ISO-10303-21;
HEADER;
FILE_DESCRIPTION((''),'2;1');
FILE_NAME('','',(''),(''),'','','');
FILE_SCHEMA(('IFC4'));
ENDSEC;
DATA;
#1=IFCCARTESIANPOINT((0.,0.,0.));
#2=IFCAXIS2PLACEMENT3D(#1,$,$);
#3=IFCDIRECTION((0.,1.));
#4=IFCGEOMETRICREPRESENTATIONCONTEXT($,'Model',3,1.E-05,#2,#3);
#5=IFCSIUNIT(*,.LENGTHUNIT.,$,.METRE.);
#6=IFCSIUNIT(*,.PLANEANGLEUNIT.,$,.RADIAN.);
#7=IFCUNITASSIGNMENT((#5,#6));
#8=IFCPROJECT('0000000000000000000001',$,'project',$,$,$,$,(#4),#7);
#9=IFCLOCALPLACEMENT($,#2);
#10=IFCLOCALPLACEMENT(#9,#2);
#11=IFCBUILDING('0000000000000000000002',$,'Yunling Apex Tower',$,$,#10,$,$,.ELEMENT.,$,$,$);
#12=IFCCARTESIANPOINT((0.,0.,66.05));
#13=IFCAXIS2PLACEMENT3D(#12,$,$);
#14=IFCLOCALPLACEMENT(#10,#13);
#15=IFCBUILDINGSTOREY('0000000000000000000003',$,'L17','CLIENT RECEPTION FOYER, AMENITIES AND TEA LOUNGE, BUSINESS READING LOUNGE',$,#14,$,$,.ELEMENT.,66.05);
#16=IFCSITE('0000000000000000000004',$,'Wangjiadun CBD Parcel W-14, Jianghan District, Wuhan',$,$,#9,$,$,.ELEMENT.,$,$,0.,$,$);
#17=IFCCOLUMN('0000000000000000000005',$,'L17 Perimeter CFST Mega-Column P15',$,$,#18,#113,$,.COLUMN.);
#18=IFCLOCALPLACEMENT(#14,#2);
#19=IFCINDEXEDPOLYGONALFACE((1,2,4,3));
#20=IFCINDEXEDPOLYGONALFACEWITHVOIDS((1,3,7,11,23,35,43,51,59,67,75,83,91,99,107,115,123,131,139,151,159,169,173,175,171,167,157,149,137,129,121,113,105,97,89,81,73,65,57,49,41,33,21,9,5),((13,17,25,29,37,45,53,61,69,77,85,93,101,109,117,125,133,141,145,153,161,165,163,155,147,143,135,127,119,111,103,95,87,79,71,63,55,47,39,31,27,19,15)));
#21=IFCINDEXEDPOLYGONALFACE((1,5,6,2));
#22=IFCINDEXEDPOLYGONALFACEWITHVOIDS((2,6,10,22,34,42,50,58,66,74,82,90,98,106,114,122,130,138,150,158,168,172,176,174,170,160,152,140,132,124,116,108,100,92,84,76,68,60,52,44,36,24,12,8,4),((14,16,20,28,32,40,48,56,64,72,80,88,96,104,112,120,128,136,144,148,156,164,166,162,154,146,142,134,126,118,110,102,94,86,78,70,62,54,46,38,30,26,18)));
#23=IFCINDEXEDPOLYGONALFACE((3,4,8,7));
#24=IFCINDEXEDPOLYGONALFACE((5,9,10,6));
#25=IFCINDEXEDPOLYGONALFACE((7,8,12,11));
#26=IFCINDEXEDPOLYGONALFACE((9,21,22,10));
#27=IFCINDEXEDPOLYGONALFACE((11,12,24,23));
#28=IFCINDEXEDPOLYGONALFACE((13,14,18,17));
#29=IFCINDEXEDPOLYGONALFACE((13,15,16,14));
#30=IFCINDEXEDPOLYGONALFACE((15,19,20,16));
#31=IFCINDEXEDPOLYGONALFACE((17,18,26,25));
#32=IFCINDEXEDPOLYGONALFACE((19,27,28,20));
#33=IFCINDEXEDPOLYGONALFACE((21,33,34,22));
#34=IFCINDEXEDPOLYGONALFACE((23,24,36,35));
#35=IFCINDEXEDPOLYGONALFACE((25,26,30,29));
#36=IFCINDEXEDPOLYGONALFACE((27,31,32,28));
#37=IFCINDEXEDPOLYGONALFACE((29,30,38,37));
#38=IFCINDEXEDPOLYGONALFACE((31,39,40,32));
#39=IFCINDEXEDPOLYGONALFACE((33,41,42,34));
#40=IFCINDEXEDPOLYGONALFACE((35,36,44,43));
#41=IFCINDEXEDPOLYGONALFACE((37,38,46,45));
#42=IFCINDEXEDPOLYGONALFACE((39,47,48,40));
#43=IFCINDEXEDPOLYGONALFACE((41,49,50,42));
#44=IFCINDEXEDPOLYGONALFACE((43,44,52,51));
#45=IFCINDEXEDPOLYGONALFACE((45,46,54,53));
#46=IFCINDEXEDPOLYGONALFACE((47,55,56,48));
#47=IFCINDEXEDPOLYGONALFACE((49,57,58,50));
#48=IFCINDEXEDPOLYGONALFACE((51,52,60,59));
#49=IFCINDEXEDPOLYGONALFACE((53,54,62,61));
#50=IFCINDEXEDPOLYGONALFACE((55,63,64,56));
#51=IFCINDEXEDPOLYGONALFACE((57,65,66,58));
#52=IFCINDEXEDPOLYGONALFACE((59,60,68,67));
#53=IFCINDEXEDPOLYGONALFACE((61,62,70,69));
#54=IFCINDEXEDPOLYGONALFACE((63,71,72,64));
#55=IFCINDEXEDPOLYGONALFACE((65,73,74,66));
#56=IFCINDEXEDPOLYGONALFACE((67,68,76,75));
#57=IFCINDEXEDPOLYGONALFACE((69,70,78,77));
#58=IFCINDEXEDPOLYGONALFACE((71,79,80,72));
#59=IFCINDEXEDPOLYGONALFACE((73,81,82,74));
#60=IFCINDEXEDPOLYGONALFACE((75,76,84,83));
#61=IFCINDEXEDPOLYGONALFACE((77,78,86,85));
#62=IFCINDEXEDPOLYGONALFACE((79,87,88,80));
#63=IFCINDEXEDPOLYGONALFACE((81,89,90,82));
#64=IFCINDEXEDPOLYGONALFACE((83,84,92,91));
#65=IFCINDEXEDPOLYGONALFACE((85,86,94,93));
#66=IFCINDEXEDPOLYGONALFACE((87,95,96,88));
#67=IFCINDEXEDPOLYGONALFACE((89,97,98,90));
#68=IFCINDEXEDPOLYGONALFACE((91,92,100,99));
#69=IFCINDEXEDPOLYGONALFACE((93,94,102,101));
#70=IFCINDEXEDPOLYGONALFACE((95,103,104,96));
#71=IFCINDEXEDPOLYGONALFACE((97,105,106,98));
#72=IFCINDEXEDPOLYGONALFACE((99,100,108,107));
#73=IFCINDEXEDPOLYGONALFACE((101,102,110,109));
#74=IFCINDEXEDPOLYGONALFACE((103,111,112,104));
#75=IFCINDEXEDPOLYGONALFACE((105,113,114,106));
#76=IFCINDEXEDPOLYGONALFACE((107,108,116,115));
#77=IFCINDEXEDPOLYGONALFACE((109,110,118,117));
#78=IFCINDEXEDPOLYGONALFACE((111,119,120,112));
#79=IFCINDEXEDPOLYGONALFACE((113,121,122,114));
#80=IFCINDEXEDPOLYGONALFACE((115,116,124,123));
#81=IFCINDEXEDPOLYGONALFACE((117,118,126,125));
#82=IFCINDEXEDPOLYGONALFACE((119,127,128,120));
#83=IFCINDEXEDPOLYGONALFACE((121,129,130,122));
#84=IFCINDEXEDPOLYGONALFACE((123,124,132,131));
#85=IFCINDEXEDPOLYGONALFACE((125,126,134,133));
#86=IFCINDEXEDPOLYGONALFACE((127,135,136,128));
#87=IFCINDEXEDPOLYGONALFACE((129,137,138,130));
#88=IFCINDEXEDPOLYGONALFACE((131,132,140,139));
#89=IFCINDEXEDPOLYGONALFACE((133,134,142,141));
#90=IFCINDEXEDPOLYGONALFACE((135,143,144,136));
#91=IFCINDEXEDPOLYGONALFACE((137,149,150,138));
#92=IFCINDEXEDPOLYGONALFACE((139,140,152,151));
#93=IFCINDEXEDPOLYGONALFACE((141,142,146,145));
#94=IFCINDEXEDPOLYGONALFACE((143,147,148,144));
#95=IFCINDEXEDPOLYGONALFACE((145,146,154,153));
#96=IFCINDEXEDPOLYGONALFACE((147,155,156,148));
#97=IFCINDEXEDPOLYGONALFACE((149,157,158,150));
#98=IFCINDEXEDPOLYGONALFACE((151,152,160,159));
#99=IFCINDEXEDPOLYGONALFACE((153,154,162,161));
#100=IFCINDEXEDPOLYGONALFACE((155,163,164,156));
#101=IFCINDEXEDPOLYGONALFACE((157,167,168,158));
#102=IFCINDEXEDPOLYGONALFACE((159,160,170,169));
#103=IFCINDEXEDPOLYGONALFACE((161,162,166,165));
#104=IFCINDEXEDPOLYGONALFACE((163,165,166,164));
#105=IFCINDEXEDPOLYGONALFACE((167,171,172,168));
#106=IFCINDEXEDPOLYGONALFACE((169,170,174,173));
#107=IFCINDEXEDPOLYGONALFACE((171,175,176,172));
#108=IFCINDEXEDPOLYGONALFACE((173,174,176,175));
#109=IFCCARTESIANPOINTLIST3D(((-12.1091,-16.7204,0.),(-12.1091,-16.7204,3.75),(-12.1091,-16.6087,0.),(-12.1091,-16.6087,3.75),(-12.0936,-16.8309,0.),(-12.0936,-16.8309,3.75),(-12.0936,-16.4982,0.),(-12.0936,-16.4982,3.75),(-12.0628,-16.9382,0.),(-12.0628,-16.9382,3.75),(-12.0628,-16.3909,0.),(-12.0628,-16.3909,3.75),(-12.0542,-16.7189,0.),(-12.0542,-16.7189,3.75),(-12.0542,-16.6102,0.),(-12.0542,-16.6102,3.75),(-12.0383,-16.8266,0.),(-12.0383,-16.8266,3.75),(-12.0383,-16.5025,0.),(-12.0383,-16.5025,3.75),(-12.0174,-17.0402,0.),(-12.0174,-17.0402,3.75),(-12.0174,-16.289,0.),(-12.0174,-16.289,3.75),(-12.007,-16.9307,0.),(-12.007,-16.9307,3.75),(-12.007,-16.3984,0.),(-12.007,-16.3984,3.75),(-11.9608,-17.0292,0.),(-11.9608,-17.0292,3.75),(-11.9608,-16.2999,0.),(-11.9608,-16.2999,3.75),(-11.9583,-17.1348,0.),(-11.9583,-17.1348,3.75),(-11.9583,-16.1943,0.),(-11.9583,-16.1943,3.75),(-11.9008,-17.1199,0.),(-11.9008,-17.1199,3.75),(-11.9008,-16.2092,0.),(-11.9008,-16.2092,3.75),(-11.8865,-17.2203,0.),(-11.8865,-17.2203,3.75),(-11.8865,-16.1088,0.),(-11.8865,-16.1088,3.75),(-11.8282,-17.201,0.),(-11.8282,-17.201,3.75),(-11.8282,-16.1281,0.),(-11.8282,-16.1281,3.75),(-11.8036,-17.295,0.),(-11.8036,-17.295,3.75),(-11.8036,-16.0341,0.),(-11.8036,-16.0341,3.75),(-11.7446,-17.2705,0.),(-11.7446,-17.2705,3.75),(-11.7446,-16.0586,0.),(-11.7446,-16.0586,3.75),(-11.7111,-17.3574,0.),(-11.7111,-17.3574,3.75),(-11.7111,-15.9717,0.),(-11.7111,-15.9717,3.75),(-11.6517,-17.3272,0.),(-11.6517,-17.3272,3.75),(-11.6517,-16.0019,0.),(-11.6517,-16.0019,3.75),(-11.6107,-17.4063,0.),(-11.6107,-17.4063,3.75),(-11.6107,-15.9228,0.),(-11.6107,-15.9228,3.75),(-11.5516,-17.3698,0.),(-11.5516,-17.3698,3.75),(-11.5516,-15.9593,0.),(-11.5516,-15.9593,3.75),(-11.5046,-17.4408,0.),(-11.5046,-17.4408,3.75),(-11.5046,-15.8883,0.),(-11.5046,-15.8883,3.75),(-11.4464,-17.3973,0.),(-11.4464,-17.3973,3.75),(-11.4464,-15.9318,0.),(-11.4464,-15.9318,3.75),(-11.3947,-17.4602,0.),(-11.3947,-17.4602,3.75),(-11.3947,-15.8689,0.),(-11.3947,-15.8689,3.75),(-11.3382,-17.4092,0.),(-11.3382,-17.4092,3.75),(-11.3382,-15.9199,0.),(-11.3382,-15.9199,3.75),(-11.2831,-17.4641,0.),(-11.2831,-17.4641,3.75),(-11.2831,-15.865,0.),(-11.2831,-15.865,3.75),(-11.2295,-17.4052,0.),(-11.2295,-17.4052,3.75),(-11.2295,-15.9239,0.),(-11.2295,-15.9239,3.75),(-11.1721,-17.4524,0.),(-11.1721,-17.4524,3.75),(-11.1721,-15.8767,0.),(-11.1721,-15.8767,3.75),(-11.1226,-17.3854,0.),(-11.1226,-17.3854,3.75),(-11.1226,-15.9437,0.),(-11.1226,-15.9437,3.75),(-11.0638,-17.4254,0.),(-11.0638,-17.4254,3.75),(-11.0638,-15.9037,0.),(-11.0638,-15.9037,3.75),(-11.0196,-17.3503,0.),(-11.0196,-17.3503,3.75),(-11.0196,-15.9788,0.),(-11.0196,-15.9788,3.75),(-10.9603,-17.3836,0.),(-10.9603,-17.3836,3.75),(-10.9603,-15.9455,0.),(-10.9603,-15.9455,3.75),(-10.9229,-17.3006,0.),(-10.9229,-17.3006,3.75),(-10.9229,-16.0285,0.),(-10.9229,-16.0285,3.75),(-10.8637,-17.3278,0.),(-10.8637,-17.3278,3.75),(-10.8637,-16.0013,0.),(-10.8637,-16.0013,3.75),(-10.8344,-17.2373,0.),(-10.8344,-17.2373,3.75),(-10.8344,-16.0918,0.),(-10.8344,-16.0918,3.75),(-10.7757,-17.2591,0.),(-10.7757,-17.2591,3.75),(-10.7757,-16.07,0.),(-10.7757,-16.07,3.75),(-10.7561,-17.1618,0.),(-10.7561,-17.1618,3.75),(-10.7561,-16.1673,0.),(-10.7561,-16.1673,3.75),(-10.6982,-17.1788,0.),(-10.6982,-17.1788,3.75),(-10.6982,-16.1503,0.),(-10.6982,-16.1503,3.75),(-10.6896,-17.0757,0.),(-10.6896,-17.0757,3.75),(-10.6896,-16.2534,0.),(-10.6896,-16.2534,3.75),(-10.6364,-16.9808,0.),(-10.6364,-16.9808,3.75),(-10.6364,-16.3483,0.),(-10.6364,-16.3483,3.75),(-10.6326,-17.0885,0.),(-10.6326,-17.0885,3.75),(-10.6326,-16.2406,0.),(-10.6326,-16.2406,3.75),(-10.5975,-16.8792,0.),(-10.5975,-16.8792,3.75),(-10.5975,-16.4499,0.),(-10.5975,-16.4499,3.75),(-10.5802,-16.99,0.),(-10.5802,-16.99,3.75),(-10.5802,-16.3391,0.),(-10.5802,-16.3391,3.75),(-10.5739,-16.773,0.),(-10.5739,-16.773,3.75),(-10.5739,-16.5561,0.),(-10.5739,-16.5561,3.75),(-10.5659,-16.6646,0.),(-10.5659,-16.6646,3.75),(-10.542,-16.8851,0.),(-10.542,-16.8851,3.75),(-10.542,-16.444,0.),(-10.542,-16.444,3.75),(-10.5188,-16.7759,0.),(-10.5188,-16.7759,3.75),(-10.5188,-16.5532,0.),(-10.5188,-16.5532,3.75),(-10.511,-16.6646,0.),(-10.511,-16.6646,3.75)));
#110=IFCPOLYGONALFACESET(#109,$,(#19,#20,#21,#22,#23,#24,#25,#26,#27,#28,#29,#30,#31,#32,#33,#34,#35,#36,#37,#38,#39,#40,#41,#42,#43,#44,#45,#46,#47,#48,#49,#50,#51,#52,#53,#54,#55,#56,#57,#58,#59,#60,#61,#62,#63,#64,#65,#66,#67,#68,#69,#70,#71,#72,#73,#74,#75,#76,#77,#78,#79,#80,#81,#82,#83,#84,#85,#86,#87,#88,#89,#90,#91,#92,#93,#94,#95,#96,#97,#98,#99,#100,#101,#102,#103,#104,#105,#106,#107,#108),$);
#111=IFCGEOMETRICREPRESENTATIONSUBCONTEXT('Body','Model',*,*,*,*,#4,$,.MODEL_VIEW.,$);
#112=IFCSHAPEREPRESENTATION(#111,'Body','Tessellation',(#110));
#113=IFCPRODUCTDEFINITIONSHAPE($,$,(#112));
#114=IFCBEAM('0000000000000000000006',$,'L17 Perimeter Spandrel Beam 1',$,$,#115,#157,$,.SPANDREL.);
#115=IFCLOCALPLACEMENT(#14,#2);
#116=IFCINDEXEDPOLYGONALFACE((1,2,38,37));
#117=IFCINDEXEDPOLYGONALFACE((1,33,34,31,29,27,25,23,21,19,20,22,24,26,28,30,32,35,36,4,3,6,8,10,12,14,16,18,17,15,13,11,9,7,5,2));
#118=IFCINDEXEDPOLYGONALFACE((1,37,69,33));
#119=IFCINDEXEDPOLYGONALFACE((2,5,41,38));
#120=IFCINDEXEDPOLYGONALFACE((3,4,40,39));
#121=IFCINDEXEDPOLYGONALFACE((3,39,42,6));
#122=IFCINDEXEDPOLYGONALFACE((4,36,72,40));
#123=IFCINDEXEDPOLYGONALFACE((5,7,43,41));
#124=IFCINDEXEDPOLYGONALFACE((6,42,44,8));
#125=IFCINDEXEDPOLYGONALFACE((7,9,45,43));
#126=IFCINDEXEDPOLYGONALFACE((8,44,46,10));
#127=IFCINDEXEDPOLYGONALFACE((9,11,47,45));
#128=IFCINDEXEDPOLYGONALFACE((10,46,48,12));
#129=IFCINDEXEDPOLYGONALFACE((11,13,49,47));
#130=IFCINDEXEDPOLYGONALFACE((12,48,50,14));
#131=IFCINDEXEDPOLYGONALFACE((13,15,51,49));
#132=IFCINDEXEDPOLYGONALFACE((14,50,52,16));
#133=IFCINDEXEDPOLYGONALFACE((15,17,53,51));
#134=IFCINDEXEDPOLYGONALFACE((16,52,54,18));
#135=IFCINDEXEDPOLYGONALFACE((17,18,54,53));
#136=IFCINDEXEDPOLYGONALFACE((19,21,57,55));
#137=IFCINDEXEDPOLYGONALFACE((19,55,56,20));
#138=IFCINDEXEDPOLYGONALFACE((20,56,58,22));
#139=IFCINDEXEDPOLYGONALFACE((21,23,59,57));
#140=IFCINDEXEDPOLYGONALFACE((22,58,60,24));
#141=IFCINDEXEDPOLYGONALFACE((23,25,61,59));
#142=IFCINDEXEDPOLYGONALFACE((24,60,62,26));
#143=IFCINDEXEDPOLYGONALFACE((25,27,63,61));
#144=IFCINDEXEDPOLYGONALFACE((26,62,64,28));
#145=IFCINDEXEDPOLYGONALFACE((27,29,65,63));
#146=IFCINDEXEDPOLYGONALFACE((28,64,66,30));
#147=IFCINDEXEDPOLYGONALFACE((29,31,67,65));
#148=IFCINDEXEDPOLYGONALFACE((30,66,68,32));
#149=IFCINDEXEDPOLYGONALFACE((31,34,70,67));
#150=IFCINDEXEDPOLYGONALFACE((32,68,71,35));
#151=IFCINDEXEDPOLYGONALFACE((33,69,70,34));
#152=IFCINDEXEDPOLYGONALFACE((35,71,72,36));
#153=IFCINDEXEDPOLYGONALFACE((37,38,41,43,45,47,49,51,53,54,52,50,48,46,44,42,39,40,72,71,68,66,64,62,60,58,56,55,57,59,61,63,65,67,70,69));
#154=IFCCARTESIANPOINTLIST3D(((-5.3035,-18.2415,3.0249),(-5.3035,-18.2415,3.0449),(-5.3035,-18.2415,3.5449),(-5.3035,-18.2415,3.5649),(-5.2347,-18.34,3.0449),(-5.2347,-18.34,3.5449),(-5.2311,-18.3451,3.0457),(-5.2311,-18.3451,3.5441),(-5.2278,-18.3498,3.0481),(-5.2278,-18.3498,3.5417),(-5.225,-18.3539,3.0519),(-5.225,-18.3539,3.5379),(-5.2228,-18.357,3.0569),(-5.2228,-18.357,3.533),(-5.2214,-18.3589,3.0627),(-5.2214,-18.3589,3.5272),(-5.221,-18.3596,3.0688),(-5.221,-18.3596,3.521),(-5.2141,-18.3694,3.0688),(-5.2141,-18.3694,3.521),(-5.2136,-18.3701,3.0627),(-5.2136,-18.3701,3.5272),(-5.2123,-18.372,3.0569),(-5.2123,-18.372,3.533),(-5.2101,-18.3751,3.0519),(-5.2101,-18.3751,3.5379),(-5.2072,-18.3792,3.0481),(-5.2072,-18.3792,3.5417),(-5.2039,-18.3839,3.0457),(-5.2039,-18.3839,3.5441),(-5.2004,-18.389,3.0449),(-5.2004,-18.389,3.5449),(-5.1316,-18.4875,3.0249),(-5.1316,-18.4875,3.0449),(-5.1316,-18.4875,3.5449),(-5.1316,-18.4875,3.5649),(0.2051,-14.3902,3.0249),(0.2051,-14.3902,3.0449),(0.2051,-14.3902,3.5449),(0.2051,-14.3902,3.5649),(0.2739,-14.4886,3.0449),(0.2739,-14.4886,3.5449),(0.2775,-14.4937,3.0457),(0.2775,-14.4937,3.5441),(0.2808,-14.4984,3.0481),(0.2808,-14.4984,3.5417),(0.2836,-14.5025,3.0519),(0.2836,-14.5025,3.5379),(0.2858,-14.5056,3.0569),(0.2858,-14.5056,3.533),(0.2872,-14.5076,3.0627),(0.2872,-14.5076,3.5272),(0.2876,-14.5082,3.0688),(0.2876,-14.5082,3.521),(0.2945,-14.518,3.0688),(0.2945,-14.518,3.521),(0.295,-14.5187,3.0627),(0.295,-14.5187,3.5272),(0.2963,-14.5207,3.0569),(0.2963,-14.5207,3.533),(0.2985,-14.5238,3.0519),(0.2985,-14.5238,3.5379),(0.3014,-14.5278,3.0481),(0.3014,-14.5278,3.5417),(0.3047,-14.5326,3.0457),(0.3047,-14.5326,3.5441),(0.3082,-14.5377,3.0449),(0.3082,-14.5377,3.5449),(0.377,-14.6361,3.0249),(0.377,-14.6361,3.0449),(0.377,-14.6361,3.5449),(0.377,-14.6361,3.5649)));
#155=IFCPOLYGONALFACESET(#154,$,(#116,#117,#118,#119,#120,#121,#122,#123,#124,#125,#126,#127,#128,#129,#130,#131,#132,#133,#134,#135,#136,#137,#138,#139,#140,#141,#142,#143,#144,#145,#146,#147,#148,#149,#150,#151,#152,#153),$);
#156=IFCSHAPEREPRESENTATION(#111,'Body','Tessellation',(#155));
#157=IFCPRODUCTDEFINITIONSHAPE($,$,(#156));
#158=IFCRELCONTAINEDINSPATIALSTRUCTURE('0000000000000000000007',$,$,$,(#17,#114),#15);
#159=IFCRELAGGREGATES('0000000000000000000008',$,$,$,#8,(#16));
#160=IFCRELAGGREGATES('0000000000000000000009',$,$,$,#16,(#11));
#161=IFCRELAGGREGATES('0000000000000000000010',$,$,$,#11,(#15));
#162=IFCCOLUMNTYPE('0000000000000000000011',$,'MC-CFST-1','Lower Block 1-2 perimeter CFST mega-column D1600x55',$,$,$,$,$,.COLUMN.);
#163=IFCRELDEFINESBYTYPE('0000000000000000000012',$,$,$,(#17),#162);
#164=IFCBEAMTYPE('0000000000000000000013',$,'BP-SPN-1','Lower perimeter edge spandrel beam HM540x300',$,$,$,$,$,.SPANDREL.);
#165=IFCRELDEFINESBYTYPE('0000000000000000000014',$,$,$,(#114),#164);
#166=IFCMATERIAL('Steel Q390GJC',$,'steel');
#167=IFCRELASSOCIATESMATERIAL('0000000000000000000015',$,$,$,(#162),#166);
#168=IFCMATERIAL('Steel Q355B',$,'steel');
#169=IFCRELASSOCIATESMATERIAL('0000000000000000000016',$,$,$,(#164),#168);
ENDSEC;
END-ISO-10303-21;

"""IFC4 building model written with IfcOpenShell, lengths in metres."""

from ifc_helpers import new_model, si_unit, direction, frame, origin, origin_2d, place, context, subcontext, project, spatial, hollow_circle, i_section, extrude, source, transform, mapped, material, material_profile, profile_set, type_object, element, save


model = new_model("IFC4")

# Units and contexts
model_context = context("Model", 3, precision=1e-05, world=origin(), true_north=direction((0.0, 1.0)))
body_context = subcontext(model_context, "Body", "Model", "MODEL_VIEW")
ifc_project = project(units=[si_unit("LENGTHUNIT", "METRE"), si_unit("PLANEANGLEUNIT", "RADIAN")], contexts=[model_context])

# Site, building, storey
site_placement = place(None, origin())
site = spatial("IfcSite", under=ifc_project, at=site_placement, Name="Wangjiadun CBD Parcel W-14, Jianghan District, Wuhan", CompositionType="ELEMENT", RefElevation=0.0)
building_placement = place(site_placement, origin())
building = spatial("IfcBuilding", under=site, at=building_placement, Name="Yunling Apex Tower", CompositionType="ELEMENT")
storey_placement = place(building_placement, frame((0.0, 0.0, 66.05)))
storey = spatial("IfcBuildingStorey", under=building, at=storey_placement, Name="L17", Description="CLIENT RECEPTION FOYER, AMENITIES AND TEA LOUNGE, BUSINESS READING LOUNGE", CompositionType="ELEMENT", Elevation=66.05)

# Column
ifc_material_1 = material(Name="Steel Q390GJC", Category="steel")
ifc_material_profile_1 = material_profile(ifc_material_1, hollow_circle(Radius=0.8, WallThickness=0.0549, at=origin_2d()))
ifc_profile_set_1 = profile_set([ifc_material_profile_1], Name="Steel Q390GJC")
column_type = type_object("IfcColumnType", Name="MC-CFST-1", Description="Lower Block 1-2 perimeter CFST mega-column D1600x55", PredefinedType="COLUMN", material=ifc_profile_set_1)
shared_shape_1 = source(origin(), body_context, "Body", "SweptSolid", [
    extrude(hollow_circle(Radius=0.8, WallThickness=0.0549, at=origin_2d()), origin(), (0.0, 0.0, 1.0), 3.75),
])
for number, where, z_axis, x_axis, name in (
    (1, (-11.311, -16.6646, 0.0), (0.0, 0.0, 1.0), (1.0, 0.0, 0.0), "L17 Perimeter CFST Mega-Column P15"),
):
    element("IfcColumn", number, at=place(storey_placement, frame(where, z_axis=z_axis, x_axis=x_axis)), inside=storey, type_object=column_type, Name=name, PredefinedType="COLUMN", context=body_context, shape_type="MappedRepresentation", body=[
        mapped(shared_shape_1, transform((0.0, 0.0, 0.0), scale=1.0)),
    ])

# Beam
ifc_material_2 = material(Name="Steel Q355B", Category="steel")
ifc_material_profile_2 = material_profile(ifc_material_2, i_section(OverallWidth=0.3, OverallDepth=0.54, WebThickness=0.012, FlangeThickness=0.02, FilletRadius=0.0239, at=origin_2d()))
ifc_profile_set_2 = profile_set([ifc_material_profile_2], Name="Steel Q355B")
beam_type_1 = type_object("IfcBeamType", Name="BP-SPN-1", Description="Lower perimeter edge spandrel beam HM540x300", PredefinedType="SPANDREL", material=ifc_profile_set_2)
shared_shape_2 = source(origin(), body_context, "Body", "SweptSolid", [
    extrude(i_section(OverallWidth=0.3, OverallDepth=0.54, WebThickness=0.012, FlangeThickness=0.02, FilletRadius=0.0239, at=origin_2d()), origin(), (0.0, 0.0, 1.0), 6.7214),
])
beam_1_placement = place(storey_placement, frame((-5.2175, -18.3645, 3.2949), z_axis=(0.819558, 0.572997, 0.0), x_axis=(-0.572997, 0.819558, 0.0)))
element("IfcBeam", 2, at=beam_1_placement, inside=storey, type_object=beam_type_1, Name="L17 Perimeter Spandrel Beam 1", PredefinedType="SPANDREL", context=body_context, shape_type="MappedRepresentation", body=[
    mapped(shared_shape_2, transform((0.0, 0.0, 0.0), scale=1.0)),
])

save(model, "model.ifc")
